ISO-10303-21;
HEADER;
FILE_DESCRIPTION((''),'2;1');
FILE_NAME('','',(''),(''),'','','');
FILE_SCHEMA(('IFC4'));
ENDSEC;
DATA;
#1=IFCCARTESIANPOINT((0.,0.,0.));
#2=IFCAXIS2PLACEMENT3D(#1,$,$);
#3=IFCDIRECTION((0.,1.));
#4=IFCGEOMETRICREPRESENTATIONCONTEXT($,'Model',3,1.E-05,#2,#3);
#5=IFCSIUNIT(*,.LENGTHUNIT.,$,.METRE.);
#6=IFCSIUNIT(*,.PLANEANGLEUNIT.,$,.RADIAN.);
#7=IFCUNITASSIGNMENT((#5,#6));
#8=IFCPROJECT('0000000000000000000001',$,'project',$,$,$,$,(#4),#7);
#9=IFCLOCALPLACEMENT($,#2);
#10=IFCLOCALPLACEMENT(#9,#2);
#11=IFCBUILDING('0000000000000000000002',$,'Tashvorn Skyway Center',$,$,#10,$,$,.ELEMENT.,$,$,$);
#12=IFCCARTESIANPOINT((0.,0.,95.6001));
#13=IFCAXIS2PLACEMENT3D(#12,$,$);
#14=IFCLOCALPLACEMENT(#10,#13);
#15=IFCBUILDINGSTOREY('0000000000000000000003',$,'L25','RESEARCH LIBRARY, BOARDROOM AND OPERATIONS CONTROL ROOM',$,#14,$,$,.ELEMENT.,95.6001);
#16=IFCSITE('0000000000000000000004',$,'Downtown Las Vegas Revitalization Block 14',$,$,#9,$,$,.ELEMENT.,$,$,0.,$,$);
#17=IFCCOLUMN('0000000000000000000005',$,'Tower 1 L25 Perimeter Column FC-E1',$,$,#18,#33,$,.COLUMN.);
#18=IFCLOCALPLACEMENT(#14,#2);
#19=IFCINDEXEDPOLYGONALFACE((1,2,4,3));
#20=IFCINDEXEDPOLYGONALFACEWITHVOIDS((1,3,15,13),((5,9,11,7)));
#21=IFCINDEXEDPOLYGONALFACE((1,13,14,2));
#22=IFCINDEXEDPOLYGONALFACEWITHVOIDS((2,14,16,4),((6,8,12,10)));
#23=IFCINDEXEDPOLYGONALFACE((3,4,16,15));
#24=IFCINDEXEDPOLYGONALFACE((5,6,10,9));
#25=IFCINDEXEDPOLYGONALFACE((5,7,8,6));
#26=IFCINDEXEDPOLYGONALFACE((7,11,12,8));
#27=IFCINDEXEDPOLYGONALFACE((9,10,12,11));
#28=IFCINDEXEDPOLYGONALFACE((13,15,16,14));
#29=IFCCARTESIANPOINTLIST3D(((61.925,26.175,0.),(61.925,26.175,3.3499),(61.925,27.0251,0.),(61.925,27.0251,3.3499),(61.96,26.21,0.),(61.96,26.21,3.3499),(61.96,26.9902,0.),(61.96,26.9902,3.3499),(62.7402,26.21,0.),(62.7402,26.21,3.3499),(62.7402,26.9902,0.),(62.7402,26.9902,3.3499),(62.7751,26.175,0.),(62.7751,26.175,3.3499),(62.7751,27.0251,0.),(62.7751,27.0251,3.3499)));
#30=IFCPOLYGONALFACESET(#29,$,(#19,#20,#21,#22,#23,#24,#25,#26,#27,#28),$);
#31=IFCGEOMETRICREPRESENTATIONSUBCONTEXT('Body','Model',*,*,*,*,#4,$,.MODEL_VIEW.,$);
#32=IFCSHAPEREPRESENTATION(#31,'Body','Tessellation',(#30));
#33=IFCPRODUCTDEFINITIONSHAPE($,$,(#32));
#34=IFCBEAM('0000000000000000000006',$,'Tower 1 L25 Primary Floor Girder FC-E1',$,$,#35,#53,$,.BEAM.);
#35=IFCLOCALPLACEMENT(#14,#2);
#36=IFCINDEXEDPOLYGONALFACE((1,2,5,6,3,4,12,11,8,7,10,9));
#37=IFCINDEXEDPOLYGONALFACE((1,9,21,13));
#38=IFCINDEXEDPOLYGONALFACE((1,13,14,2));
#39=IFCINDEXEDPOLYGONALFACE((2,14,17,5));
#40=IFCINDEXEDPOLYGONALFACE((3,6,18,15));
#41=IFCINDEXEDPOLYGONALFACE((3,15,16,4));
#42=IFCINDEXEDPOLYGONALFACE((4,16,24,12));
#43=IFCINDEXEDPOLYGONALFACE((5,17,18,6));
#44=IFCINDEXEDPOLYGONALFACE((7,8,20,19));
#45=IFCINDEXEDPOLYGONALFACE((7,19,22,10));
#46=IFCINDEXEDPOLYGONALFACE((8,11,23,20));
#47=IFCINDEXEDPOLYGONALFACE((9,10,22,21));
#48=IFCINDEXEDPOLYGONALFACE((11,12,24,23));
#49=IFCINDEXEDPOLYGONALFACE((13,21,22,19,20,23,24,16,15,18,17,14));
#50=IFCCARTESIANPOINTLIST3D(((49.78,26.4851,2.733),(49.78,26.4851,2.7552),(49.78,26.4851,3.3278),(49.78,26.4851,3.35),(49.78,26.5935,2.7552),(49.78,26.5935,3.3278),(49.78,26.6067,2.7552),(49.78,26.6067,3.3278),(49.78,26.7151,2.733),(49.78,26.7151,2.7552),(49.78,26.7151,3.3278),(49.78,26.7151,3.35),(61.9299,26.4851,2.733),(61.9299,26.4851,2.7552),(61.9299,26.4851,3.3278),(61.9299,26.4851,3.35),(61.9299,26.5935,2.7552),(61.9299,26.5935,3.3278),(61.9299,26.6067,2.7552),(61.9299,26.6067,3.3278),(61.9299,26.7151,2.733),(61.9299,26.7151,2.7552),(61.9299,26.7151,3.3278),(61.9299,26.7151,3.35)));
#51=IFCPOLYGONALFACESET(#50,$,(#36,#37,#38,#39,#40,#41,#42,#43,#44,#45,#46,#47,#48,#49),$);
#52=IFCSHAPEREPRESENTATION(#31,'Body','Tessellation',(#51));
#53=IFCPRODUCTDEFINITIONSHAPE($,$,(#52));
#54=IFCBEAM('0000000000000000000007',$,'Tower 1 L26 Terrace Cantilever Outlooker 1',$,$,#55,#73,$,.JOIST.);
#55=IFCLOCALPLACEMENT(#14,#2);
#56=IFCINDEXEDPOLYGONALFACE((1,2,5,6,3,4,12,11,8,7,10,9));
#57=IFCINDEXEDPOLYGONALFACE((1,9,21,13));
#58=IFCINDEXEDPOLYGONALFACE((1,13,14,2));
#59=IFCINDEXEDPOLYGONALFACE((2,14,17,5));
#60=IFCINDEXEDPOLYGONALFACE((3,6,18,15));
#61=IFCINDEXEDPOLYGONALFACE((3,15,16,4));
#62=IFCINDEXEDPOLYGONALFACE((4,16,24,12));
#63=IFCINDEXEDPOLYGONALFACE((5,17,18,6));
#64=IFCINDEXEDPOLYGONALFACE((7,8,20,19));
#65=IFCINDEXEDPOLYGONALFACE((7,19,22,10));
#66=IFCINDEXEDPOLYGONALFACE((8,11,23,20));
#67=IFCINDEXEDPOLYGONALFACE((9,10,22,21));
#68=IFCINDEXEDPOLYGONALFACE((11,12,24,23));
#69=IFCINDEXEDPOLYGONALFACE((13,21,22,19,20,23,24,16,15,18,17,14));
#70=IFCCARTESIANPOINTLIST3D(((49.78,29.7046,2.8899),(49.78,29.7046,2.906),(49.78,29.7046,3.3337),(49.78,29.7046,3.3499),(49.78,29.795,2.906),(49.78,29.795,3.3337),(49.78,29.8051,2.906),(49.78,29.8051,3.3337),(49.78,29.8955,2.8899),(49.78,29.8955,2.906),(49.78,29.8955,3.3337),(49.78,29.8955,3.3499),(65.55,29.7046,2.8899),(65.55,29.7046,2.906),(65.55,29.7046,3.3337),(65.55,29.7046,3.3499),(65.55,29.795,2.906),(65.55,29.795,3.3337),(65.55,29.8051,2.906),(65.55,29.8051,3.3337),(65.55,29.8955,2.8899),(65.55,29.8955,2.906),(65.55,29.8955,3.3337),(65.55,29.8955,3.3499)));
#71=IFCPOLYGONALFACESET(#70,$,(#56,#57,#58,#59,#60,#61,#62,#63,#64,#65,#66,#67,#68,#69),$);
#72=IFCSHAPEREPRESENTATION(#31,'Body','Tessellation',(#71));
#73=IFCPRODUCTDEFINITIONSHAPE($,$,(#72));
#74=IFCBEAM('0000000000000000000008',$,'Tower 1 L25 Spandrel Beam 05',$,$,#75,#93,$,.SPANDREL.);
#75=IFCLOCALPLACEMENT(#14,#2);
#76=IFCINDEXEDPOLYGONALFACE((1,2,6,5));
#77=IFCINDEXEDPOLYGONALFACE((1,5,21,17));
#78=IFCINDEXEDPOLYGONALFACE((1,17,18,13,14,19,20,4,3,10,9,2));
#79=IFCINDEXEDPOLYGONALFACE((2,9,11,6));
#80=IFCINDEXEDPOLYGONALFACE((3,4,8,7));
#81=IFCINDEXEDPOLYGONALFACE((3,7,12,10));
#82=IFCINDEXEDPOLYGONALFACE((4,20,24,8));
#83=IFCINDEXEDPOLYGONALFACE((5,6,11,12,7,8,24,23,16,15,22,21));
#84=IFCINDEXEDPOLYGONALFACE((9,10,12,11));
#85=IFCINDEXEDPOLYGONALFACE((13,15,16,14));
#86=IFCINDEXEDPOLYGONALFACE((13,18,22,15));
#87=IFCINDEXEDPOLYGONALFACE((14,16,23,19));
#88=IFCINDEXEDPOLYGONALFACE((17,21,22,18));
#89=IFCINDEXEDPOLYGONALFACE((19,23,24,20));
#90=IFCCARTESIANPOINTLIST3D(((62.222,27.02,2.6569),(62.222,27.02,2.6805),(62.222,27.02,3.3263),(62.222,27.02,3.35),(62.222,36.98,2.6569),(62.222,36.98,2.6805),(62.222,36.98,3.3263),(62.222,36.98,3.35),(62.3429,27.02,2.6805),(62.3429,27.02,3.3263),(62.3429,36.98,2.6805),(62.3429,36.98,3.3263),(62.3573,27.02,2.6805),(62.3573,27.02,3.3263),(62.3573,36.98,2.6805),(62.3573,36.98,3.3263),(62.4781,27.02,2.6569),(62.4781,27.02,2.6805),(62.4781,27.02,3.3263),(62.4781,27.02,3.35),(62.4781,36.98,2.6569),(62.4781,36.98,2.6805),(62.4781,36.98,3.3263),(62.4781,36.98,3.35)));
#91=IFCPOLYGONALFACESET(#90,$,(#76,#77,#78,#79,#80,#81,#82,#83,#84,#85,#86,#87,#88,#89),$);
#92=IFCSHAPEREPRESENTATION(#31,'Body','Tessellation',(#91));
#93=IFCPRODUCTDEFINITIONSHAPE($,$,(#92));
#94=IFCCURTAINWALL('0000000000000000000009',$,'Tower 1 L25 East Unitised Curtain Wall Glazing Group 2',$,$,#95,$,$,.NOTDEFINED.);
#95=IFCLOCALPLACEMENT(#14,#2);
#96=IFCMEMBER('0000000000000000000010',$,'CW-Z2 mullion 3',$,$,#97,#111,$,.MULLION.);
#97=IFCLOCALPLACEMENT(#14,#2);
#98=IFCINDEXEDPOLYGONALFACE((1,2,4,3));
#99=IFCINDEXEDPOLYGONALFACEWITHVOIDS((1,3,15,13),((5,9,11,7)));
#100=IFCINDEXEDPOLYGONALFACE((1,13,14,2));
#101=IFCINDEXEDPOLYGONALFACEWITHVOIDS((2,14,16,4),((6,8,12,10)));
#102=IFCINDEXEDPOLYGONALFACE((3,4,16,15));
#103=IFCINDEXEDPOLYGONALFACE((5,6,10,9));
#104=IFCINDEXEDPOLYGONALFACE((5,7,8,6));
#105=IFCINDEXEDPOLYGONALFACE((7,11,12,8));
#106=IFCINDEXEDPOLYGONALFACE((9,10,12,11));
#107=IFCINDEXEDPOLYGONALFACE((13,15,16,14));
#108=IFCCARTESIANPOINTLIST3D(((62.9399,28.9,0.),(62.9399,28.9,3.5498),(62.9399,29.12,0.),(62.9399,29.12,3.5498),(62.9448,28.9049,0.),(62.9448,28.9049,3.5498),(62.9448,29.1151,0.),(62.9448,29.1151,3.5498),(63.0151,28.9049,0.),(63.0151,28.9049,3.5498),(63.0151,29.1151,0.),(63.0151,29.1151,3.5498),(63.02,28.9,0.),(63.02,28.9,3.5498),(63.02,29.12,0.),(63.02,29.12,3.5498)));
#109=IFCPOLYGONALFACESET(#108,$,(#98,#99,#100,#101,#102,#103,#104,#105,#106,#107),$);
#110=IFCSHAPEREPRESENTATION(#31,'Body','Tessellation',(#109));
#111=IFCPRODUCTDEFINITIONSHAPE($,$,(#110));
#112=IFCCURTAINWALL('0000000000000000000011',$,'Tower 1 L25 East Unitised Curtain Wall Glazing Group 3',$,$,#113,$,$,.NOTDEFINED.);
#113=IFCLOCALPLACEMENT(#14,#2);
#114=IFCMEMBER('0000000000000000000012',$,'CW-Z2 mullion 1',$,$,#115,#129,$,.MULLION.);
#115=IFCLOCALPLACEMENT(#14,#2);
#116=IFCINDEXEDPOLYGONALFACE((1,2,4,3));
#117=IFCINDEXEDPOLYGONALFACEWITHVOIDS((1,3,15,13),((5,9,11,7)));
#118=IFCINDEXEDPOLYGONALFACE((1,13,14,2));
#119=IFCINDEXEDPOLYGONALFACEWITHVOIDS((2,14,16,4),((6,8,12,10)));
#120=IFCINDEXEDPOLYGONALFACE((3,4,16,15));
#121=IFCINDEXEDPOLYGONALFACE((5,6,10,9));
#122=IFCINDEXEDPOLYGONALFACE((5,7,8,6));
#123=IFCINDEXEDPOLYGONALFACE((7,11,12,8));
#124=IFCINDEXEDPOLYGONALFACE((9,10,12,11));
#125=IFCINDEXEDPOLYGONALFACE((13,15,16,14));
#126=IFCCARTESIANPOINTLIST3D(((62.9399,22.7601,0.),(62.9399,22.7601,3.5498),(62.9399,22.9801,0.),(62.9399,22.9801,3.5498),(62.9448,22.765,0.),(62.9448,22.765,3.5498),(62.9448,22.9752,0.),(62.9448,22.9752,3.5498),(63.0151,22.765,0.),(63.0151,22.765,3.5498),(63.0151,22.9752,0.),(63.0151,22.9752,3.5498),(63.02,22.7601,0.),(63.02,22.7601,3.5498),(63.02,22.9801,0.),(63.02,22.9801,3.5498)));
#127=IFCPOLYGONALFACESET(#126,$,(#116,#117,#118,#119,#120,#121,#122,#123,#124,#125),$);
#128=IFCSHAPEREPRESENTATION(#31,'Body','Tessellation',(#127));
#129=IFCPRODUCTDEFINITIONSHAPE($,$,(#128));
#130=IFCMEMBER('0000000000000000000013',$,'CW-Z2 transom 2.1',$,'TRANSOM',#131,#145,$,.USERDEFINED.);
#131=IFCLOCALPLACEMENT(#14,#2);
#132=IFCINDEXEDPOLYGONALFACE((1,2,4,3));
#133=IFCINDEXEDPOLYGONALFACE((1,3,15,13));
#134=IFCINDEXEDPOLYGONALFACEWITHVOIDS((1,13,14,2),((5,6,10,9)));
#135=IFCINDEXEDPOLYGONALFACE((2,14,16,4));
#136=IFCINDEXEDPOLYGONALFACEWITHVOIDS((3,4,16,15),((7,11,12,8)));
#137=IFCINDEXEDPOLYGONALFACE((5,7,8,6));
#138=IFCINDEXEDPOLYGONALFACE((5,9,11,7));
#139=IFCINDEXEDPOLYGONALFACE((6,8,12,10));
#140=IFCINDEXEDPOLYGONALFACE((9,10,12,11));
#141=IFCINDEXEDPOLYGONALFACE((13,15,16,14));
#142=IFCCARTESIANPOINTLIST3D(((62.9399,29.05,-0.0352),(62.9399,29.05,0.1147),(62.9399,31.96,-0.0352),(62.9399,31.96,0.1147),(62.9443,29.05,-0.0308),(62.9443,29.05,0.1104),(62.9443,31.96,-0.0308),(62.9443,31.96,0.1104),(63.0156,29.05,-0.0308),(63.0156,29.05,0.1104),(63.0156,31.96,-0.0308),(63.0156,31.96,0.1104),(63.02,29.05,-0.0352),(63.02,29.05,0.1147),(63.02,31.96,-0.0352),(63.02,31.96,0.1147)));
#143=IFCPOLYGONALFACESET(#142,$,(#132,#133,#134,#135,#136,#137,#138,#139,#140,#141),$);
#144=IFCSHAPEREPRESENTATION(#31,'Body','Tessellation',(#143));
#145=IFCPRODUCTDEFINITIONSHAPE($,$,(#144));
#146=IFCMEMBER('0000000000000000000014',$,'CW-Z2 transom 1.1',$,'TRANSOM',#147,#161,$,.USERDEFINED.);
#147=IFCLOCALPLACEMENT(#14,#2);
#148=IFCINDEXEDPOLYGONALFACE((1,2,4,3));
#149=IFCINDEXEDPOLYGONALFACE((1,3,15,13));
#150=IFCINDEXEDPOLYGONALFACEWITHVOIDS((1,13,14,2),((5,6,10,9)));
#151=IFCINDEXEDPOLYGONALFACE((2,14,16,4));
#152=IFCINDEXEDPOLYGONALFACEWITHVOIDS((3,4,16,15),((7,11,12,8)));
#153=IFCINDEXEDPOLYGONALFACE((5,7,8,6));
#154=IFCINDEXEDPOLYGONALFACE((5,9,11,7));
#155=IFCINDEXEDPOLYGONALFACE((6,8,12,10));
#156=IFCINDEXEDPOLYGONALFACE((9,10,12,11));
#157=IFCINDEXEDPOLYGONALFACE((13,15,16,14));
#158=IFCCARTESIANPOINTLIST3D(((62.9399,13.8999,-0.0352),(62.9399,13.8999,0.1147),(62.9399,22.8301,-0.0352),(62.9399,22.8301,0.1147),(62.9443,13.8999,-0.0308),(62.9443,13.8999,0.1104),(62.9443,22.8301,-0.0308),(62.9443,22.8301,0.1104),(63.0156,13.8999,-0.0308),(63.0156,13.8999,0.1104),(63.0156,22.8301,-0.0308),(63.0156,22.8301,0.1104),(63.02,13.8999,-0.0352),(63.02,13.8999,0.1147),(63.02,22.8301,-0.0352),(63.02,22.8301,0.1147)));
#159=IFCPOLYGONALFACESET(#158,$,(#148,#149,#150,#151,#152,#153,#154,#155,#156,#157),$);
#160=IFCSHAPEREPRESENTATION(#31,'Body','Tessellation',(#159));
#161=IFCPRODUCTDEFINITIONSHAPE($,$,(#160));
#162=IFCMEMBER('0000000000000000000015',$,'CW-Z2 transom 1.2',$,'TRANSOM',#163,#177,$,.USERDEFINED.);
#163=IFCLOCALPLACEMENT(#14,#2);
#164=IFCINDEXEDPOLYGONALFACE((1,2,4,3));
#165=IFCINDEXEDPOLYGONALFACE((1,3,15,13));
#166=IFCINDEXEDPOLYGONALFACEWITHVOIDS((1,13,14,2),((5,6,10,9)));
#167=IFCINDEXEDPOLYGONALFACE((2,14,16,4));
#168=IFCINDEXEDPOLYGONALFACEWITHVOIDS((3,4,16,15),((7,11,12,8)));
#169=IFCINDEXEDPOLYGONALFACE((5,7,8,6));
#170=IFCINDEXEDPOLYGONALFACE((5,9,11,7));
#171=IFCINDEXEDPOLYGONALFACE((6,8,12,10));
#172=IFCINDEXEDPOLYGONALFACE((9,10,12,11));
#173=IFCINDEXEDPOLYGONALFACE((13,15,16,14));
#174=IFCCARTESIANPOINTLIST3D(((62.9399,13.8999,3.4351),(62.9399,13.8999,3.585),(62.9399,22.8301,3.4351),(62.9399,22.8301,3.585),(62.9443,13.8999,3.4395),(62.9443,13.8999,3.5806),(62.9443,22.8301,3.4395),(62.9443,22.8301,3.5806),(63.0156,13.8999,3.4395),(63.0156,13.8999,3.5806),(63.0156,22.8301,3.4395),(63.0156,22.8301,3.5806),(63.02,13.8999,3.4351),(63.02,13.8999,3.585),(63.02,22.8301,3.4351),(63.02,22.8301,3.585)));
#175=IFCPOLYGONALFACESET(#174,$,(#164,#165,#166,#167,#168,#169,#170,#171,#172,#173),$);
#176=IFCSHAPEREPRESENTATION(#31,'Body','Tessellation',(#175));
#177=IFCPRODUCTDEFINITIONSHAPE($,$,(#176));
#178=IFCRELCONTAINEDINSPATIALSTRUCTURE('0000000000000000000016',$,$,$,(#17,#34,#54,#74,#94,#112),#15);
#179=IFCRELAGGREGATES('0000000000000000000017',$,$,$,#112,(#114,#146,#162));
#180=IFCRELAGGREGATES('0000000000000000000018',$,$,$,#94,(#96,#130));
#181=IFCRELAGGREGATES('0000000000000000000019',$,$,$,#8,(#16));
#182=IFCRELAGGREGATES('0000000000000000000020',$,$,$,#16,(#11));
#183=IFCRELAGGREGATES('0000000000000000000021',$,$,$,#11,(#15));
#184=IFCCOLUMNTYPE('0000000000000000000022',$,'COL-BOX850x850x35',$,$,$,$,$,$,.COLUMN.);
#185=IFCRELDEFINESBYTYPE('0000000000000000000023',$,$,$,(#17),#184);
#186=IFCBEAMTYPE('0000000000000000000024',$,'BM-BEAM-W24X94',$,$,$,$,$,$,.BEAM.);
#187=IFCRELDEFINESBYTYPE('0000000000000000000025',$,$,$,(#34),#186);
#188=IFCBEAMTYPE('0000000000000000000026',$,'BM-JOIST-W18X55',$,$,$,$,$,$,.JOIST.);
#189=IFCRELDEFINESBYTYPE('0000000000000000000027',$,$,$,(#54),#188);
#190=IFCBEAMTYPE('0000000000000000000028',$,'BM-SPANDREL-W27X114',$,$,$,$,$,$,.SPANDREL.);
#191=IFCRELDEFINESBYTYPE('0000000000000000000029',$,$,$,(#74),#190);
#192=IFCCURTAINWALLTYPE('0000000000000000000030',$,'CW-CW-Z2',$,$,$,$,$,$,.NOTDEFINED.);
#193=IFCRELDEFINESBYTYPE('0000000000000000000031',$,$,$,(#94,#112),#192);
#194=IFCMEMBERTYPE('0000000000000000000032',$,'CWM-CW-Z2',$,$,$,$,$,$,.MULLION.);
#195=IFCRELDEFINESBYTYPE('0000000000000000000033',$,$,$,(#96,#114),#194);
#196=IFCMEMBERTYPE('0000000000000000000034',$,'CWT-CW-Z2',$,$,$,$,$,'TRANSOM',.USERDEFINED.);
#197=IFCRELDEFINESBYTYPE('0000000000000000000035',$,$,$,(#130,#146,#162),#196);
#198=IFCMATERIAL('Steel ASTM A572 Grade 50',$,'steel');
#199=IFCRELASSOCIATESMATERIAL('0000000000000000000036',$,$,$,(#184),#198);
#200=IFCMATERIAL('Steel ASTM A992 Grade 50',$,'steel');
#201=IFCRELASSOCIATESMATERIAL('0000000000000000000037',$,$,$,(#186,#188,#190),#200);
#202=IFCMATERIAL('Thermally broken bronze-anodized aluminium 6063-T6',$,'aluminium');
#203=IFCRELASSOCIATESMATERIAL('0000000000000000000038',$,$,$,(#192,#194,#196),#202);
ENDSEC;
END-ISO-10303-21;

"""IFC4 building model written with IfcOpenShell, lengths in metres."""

from ifc_helpers import new_model, si_unit, direction, frame, origin, origin_2d, place, context, subcontext, project, spatial, hollow_rectangle, i_section, extrude, material, material_profile, profile_set, type_object, element, aggregate, save


model = new_model("IFC4")

# Units and contexts
model_context = context("Model", 3, precision=1e-05, world=origin(), true_north=direction((0.0, 1.0)))
body_context = subcontext(model_context, "Body", "Model", "MODEL_VIEW")
ifc_project = project(units=[si_unit("LENGTHUNIT", "METRE"), si_unit("PLANEANGLEUNIT", "RADIAN")], contexts=[model_context])

# Site, building, storey
site_placement = place(None, origin())
site = spatial("IfcSite", under=ifc_project, at=site_placement, Name="Downtown Las Vegas Revitalization Block 14", CompositionType="ELEMENT", RefElevation=0.0)
building_placement = place(site_placement, origin())
building = spatial("IfcBuilding", under=site, at=building_placement, Name="Tashvorn Skyway Center", CompositionType="ELEMENT")
storey_placement = place(building_placement, frame((0.0, 0.0, 95.6001)))
storey = spatial("IfcBuildingStorey", under=building, at=storey_placement, Name="L25", Description="RESEARCH LIBRARY, BOARDROOM AND OPERATIONS CONTROL ROOM", CompositionType="ELEMENT", Elevation=95.6001)

# Column
ifc_material_1 = material(Name="Steel ASTM A572 Grade 50", Category="steel")
ifc_material_profile_1 = material_profile(ifc_material_1, hollow_rectangle(XDim=0.8501, YDim=0.8501, WallThickness=0.0349, at=origin_2d()), Name="BOX850x850x35")
ifc_profile_set_1 = profile_set([ifc_material_profile_1], Name="Steel ASTM A572 Grade 50")
column_type = type_object("IfcColumnType", Name="COL-BOX850x850x35", PredefinedType="COLUMN", material=ifc_profile_set_1)
column_placement = place(storey_placement, frame((62.3501, 26.6001, 0.0), z_axis=(0.0, 0.0, 1.0), x_axis=(1.0, 0.0, 0.0)))
element("IfcColumn", 1, at=column_placement, inside=storey, type_object=column_type, Name="Tower 1 L25 Perimeter Column FC-E1", PredefinedType="COLUMN", context=body_context, shape_type="SweptSolid", body=[
    extrude(hollow_rectangle(XDim=0.8501, YDim=0.8501, WallThickness=0.0349, at=origin_2d()), origin(), (0.0, 0.0, 1.0), 3.3499),
])

# Beams
ifc_material_2 = material(Name="Steel ASTM A992 Grade 50", Category="steel")
ifc_material_profile_2 = material_profile(ifc_material_2, i_section(OverallWidth=0.23, OverallDepth=0.6169, WebThickness=0.0132, FlangeThickness=0.0222, at=origin_2d()), Name="W24X94")
ifc_profile_set_2 = profile_set([ifc_material_profile_2], Name="Steel ASTM A992 Grade 50")
beam_type_1 = type_object("IfcBeamType", Name="BM-BEAM-W24X94", PredefinedType="BEAM", material=ifc_profile_set_2)
beam_1_placement = place(storey_placement, frame((61.9299, 26.6001, 3.0415), z_axis=(-1.0, 0.0, 0.0), x_axis=(0.0, -1.0, 0.0)))
element("IfcBeam", 2, at=beam_1_placement, inside=storey, type_object=beam_type_1, Name="Tower 1 L25 Primary Floor Girder FC-E1", PredefinedType="BEAM", context=body_context, shape_type="SweptSolid", body=[
    extrude(i_section(OverallWidth=0.23, OverallDepth=0.6169, WebThickness=0.0132, FlangeThickness=0.0222, at=origin_2d()), origin(), (0.0, 0.0, 1.0), 12.1499),
])
ifc_material_profile_3 = material_profile(ifc_material_2, i_section(OverallWidth=0.1909, OverallDepth=0.46, WebThickness=0.01, FlangeThickness=0.0161, at=origin_2d()), Name="W18X55")
ifc_profile_set_3 = profile_set([ifc_material_profile_3], Name="Steel ASTM A992 Grade 50")
beam_type_2 = type_object("IfcBeamType", Name="BM-JOIST-W18X55", PredefinedType="JOIST", material=ifc_profile_set_3)
beam_2_placement = place(storey_placement, frame((49.78, 29.8, 3.1199), z_axis=(1.0, 0.0, 0.0), x_axis=(0.0, 1.0, 0.0)))
element("IfcBeam", 3, at=beam_2_placement, inside=storey, type_object=beam_type_2, Name="Tower 1 L26 Terrace Cantilever Outlooker 1", PredefinedType="JOIST", context=body_context, shape_type="SweptSolid", body=[
    extrude(i_section(OverallWidth=0.1909, OverallDepth=0.46, WebThickness=0.01, FlangeThickness=0.0161, at=origin_2d()), origin(), (0.0, 0.0, 1.0), 15.77),
])
ifc_material_profile_4 = material_profile(ifc_material_2, i_section(OverallWidth=0.2561, OverallDepth=0.6931, WebThickness=0.0144, FlangeThickness=0.0237, at=origin_2d()), Name="W27X114")
ifc_profile_set_4 = profile_set([ifc_material_profile_4], Name="Steel ASTM A992 Grade 50")
beam_type_3 = type_object("IfcBeamType", Name="BM-SPANDREL-W27X114", PredefinedType="SPANDREL", material=ifc_profile_set_4)
beam_3_placement = place(storey_placement, frame((62.3501, 27.02, 3.0034), z_axis=(0.0, 1.0, 0.0), x_axis=(-1.0, 0.0, 0.0)))
element("IfcBeam", 4, at=beam_3_placement, inside=storey, type_object=beam_type_3, Name="Tower 1 L25 Spandrel Beam 05", PredefinedType="SPANDREL", context=body_context, shape_type="SweptSolid", body=[
    extrude(i_section(OverallWidth=0.2561, OverallDepth=0.6931, WebThickness=0.0144, FlangeThickness=0.0237, at=origin_2d()), origin(), (0.0, 0.0, 1.0), 9.96),
])

# Curtain walls, members
ifc_material_3 = material(Name="Thermally broken bronze-anodized aluminium 6063-T6", Category="aluminium")
curtain_wall_type = type_object("IfcCurtainWallType", Name="CW-CW-Z2", PredefinedType="NOTDEFINED", material=ifc_material_3)
curtain_wall_1_placement = place(storey_placement, origin())
curtain_wall_1 = element("IfcCurtainWall", 5, at=curtain_wall_1_placement, inside=storey, type_object=curtain_wall_type, Name="Tower 1 L25 East Unitised Curtain Wall Glazing Group 2", PredefinedType="NOTDEFINED")
ifc_material_profile_5 = material_profile(ifc_material_3, hollow_rectangle(XDim=0.0801, YDim=0.22, WallThickness=0.0049, at=origin_2d()), Name="ALU-MULL-80x220")
ifc_profile_set_5 = profile_set([ifc_material_profile_5], Name="Thermally broken bronze-anodized aluminium 6063-T6")
member_type_1 = type_object("IfcMemberType", Name="CWM-CW-Z2", PredefinedType="MULLION", material=ifc_profile_set_5)
member_1_placement = place(storey_placement, frame((62.98, 29.01, 0.0), z_axis=(0.0, 0.0, 1.0), x_axis=(1.0, 0.0, 0.0)))
member_1 = element("IfcMember", 6, at=member_1_placement, type_object=member_type_1, Name="CW-Z2 mullion 3", PredefinedType="MULLION", context=body_context, shape_type="SweptSolid", body=[
    extrude(hollow_rectangle(XDim=0.0801, YDim=0.22, WallThickness=0.0049, at=origin_2d()), origin(), (0.0, 0.0, 1.0), 3.5498),
])
curtain_wall_2_placement = place(storey_placement, origin())
curtain_wall_2 = element("IfcCurtainWall", 7, at=curtain_wall_2_placement, inside=storey, type_object=curtain_wall_type, Name="Tower 1 L25 East Unitised Curtain Wall Glazing Group 3", PredefinedType="NOTDEFINED")
member_2_placement = place(storey_placement, frame((62.98, 22.8701, 0.0), z_axis=(0.0, 0.0, 1.0), x_axis=(1.0, 0.0, 0.0)))
member_2 = element("IfcMember", 8, at=member_2_placement, type_object=member_type_1, Name="CW-Z2 mullion 1", PredefinedType="MULLION", context=body_context, shape_type="SweptSolid", body=[
    extrude(hollow_rectangle(XDim=0.0801, YDim=0.22, WallThickness=0.0049, at=origin_2d()), origin(), (0.0, 0.0, 1.0), 3.5498),
])

# Members
ifc_material_profile_6 = material_profile(ifc_material_3, hollow_rectangle(XDim=0.0801, YDim=0.1499, WallThickness=0.0044, at=origin_2d()), Name="ALU-TRAN-80x150")
ifc_profile_set_6 = profile_set([ifc_material_profile_6], Name="Thermally broken bronze-anodized aluminium 6063-T6")
member_type_2 = type_object("IfcMemberType", Name="CWT-CW-Z2", ElementType="TRANSOM", PredefinedType="USERDEFINED", material=ifc_profile_set_6)
member_3_placement = place(storey_placement, frame((62.98, 31.96, 0.0398), z_axis=(0.0, -1.0, 0.0), x_axis=(1.0, 0.0, 0.0)))
member_3 = element("IfcMember", 9, at=member_3_placement, type_object=member_type_2, Name="CW-Z2 transom 2.1", ObjectType="TRANSOM", PredefinedType="USERDEFINED", context=body_context, shape_type="SweptSolid", body=[
    extrude(hollow_rectangle(XDim=0.0801, YDim=0.1499, WallThickness=0.0044, at=origin_2d()), origin(), (0.0, 0.0, 1.0), 2.9099),
])
member_4_placement = place(storey_placement, frame((62.98, 22.8301, 0.0398), z_axis=(0.0, -1.0, 0.0), x_axis=(1.0, 0.0, 0.0)))
member_4 = element("IfcMember", 10, at=member_4_placement, type_object=member_type_2, Name="CW-Z2 transom 1.1", ObjectType="TRANSOM", PredefinedType="USERDEFINED", context=body_context, shape_type="SweptSolid", body=[
    extrude(hollow_rectangle(XDim=0.0801, YDim=0.1499, WallThickness=0.0044, at=origin_2d()), origin(), (0.0, 0.0, 1.0), 8.9302),
])
member_5_placement = place(storey_placement, frame((62.98, 22.8301, 3.51), z_axis=(0.0, -1.0, 0.0), x_axis=(1.0, 0.0, 0.0)))
member_5 = element("IfcMember", 11, at=member_5_placement, type_object=member_type_2, Name="CW-Z2 transom 1.2", ObjectType="TRANSOM", PredefinedType="USERDEFINED", context=body_context, shape_type="SweptSolid", body=[
    extrude(hollow_rectangle(XDim=0.0801, YDim=0.1499, WallThickness=0.0044, at=origin_2d()), origin(), (0.0, 0.0, 1.0), 8.9302),
])
aggregate(curtain_wall_2, [member_2, member_4, member_5])

aggregate(curtain_wall_1, [member_1, member_3])

save(model, "model.ifc")
